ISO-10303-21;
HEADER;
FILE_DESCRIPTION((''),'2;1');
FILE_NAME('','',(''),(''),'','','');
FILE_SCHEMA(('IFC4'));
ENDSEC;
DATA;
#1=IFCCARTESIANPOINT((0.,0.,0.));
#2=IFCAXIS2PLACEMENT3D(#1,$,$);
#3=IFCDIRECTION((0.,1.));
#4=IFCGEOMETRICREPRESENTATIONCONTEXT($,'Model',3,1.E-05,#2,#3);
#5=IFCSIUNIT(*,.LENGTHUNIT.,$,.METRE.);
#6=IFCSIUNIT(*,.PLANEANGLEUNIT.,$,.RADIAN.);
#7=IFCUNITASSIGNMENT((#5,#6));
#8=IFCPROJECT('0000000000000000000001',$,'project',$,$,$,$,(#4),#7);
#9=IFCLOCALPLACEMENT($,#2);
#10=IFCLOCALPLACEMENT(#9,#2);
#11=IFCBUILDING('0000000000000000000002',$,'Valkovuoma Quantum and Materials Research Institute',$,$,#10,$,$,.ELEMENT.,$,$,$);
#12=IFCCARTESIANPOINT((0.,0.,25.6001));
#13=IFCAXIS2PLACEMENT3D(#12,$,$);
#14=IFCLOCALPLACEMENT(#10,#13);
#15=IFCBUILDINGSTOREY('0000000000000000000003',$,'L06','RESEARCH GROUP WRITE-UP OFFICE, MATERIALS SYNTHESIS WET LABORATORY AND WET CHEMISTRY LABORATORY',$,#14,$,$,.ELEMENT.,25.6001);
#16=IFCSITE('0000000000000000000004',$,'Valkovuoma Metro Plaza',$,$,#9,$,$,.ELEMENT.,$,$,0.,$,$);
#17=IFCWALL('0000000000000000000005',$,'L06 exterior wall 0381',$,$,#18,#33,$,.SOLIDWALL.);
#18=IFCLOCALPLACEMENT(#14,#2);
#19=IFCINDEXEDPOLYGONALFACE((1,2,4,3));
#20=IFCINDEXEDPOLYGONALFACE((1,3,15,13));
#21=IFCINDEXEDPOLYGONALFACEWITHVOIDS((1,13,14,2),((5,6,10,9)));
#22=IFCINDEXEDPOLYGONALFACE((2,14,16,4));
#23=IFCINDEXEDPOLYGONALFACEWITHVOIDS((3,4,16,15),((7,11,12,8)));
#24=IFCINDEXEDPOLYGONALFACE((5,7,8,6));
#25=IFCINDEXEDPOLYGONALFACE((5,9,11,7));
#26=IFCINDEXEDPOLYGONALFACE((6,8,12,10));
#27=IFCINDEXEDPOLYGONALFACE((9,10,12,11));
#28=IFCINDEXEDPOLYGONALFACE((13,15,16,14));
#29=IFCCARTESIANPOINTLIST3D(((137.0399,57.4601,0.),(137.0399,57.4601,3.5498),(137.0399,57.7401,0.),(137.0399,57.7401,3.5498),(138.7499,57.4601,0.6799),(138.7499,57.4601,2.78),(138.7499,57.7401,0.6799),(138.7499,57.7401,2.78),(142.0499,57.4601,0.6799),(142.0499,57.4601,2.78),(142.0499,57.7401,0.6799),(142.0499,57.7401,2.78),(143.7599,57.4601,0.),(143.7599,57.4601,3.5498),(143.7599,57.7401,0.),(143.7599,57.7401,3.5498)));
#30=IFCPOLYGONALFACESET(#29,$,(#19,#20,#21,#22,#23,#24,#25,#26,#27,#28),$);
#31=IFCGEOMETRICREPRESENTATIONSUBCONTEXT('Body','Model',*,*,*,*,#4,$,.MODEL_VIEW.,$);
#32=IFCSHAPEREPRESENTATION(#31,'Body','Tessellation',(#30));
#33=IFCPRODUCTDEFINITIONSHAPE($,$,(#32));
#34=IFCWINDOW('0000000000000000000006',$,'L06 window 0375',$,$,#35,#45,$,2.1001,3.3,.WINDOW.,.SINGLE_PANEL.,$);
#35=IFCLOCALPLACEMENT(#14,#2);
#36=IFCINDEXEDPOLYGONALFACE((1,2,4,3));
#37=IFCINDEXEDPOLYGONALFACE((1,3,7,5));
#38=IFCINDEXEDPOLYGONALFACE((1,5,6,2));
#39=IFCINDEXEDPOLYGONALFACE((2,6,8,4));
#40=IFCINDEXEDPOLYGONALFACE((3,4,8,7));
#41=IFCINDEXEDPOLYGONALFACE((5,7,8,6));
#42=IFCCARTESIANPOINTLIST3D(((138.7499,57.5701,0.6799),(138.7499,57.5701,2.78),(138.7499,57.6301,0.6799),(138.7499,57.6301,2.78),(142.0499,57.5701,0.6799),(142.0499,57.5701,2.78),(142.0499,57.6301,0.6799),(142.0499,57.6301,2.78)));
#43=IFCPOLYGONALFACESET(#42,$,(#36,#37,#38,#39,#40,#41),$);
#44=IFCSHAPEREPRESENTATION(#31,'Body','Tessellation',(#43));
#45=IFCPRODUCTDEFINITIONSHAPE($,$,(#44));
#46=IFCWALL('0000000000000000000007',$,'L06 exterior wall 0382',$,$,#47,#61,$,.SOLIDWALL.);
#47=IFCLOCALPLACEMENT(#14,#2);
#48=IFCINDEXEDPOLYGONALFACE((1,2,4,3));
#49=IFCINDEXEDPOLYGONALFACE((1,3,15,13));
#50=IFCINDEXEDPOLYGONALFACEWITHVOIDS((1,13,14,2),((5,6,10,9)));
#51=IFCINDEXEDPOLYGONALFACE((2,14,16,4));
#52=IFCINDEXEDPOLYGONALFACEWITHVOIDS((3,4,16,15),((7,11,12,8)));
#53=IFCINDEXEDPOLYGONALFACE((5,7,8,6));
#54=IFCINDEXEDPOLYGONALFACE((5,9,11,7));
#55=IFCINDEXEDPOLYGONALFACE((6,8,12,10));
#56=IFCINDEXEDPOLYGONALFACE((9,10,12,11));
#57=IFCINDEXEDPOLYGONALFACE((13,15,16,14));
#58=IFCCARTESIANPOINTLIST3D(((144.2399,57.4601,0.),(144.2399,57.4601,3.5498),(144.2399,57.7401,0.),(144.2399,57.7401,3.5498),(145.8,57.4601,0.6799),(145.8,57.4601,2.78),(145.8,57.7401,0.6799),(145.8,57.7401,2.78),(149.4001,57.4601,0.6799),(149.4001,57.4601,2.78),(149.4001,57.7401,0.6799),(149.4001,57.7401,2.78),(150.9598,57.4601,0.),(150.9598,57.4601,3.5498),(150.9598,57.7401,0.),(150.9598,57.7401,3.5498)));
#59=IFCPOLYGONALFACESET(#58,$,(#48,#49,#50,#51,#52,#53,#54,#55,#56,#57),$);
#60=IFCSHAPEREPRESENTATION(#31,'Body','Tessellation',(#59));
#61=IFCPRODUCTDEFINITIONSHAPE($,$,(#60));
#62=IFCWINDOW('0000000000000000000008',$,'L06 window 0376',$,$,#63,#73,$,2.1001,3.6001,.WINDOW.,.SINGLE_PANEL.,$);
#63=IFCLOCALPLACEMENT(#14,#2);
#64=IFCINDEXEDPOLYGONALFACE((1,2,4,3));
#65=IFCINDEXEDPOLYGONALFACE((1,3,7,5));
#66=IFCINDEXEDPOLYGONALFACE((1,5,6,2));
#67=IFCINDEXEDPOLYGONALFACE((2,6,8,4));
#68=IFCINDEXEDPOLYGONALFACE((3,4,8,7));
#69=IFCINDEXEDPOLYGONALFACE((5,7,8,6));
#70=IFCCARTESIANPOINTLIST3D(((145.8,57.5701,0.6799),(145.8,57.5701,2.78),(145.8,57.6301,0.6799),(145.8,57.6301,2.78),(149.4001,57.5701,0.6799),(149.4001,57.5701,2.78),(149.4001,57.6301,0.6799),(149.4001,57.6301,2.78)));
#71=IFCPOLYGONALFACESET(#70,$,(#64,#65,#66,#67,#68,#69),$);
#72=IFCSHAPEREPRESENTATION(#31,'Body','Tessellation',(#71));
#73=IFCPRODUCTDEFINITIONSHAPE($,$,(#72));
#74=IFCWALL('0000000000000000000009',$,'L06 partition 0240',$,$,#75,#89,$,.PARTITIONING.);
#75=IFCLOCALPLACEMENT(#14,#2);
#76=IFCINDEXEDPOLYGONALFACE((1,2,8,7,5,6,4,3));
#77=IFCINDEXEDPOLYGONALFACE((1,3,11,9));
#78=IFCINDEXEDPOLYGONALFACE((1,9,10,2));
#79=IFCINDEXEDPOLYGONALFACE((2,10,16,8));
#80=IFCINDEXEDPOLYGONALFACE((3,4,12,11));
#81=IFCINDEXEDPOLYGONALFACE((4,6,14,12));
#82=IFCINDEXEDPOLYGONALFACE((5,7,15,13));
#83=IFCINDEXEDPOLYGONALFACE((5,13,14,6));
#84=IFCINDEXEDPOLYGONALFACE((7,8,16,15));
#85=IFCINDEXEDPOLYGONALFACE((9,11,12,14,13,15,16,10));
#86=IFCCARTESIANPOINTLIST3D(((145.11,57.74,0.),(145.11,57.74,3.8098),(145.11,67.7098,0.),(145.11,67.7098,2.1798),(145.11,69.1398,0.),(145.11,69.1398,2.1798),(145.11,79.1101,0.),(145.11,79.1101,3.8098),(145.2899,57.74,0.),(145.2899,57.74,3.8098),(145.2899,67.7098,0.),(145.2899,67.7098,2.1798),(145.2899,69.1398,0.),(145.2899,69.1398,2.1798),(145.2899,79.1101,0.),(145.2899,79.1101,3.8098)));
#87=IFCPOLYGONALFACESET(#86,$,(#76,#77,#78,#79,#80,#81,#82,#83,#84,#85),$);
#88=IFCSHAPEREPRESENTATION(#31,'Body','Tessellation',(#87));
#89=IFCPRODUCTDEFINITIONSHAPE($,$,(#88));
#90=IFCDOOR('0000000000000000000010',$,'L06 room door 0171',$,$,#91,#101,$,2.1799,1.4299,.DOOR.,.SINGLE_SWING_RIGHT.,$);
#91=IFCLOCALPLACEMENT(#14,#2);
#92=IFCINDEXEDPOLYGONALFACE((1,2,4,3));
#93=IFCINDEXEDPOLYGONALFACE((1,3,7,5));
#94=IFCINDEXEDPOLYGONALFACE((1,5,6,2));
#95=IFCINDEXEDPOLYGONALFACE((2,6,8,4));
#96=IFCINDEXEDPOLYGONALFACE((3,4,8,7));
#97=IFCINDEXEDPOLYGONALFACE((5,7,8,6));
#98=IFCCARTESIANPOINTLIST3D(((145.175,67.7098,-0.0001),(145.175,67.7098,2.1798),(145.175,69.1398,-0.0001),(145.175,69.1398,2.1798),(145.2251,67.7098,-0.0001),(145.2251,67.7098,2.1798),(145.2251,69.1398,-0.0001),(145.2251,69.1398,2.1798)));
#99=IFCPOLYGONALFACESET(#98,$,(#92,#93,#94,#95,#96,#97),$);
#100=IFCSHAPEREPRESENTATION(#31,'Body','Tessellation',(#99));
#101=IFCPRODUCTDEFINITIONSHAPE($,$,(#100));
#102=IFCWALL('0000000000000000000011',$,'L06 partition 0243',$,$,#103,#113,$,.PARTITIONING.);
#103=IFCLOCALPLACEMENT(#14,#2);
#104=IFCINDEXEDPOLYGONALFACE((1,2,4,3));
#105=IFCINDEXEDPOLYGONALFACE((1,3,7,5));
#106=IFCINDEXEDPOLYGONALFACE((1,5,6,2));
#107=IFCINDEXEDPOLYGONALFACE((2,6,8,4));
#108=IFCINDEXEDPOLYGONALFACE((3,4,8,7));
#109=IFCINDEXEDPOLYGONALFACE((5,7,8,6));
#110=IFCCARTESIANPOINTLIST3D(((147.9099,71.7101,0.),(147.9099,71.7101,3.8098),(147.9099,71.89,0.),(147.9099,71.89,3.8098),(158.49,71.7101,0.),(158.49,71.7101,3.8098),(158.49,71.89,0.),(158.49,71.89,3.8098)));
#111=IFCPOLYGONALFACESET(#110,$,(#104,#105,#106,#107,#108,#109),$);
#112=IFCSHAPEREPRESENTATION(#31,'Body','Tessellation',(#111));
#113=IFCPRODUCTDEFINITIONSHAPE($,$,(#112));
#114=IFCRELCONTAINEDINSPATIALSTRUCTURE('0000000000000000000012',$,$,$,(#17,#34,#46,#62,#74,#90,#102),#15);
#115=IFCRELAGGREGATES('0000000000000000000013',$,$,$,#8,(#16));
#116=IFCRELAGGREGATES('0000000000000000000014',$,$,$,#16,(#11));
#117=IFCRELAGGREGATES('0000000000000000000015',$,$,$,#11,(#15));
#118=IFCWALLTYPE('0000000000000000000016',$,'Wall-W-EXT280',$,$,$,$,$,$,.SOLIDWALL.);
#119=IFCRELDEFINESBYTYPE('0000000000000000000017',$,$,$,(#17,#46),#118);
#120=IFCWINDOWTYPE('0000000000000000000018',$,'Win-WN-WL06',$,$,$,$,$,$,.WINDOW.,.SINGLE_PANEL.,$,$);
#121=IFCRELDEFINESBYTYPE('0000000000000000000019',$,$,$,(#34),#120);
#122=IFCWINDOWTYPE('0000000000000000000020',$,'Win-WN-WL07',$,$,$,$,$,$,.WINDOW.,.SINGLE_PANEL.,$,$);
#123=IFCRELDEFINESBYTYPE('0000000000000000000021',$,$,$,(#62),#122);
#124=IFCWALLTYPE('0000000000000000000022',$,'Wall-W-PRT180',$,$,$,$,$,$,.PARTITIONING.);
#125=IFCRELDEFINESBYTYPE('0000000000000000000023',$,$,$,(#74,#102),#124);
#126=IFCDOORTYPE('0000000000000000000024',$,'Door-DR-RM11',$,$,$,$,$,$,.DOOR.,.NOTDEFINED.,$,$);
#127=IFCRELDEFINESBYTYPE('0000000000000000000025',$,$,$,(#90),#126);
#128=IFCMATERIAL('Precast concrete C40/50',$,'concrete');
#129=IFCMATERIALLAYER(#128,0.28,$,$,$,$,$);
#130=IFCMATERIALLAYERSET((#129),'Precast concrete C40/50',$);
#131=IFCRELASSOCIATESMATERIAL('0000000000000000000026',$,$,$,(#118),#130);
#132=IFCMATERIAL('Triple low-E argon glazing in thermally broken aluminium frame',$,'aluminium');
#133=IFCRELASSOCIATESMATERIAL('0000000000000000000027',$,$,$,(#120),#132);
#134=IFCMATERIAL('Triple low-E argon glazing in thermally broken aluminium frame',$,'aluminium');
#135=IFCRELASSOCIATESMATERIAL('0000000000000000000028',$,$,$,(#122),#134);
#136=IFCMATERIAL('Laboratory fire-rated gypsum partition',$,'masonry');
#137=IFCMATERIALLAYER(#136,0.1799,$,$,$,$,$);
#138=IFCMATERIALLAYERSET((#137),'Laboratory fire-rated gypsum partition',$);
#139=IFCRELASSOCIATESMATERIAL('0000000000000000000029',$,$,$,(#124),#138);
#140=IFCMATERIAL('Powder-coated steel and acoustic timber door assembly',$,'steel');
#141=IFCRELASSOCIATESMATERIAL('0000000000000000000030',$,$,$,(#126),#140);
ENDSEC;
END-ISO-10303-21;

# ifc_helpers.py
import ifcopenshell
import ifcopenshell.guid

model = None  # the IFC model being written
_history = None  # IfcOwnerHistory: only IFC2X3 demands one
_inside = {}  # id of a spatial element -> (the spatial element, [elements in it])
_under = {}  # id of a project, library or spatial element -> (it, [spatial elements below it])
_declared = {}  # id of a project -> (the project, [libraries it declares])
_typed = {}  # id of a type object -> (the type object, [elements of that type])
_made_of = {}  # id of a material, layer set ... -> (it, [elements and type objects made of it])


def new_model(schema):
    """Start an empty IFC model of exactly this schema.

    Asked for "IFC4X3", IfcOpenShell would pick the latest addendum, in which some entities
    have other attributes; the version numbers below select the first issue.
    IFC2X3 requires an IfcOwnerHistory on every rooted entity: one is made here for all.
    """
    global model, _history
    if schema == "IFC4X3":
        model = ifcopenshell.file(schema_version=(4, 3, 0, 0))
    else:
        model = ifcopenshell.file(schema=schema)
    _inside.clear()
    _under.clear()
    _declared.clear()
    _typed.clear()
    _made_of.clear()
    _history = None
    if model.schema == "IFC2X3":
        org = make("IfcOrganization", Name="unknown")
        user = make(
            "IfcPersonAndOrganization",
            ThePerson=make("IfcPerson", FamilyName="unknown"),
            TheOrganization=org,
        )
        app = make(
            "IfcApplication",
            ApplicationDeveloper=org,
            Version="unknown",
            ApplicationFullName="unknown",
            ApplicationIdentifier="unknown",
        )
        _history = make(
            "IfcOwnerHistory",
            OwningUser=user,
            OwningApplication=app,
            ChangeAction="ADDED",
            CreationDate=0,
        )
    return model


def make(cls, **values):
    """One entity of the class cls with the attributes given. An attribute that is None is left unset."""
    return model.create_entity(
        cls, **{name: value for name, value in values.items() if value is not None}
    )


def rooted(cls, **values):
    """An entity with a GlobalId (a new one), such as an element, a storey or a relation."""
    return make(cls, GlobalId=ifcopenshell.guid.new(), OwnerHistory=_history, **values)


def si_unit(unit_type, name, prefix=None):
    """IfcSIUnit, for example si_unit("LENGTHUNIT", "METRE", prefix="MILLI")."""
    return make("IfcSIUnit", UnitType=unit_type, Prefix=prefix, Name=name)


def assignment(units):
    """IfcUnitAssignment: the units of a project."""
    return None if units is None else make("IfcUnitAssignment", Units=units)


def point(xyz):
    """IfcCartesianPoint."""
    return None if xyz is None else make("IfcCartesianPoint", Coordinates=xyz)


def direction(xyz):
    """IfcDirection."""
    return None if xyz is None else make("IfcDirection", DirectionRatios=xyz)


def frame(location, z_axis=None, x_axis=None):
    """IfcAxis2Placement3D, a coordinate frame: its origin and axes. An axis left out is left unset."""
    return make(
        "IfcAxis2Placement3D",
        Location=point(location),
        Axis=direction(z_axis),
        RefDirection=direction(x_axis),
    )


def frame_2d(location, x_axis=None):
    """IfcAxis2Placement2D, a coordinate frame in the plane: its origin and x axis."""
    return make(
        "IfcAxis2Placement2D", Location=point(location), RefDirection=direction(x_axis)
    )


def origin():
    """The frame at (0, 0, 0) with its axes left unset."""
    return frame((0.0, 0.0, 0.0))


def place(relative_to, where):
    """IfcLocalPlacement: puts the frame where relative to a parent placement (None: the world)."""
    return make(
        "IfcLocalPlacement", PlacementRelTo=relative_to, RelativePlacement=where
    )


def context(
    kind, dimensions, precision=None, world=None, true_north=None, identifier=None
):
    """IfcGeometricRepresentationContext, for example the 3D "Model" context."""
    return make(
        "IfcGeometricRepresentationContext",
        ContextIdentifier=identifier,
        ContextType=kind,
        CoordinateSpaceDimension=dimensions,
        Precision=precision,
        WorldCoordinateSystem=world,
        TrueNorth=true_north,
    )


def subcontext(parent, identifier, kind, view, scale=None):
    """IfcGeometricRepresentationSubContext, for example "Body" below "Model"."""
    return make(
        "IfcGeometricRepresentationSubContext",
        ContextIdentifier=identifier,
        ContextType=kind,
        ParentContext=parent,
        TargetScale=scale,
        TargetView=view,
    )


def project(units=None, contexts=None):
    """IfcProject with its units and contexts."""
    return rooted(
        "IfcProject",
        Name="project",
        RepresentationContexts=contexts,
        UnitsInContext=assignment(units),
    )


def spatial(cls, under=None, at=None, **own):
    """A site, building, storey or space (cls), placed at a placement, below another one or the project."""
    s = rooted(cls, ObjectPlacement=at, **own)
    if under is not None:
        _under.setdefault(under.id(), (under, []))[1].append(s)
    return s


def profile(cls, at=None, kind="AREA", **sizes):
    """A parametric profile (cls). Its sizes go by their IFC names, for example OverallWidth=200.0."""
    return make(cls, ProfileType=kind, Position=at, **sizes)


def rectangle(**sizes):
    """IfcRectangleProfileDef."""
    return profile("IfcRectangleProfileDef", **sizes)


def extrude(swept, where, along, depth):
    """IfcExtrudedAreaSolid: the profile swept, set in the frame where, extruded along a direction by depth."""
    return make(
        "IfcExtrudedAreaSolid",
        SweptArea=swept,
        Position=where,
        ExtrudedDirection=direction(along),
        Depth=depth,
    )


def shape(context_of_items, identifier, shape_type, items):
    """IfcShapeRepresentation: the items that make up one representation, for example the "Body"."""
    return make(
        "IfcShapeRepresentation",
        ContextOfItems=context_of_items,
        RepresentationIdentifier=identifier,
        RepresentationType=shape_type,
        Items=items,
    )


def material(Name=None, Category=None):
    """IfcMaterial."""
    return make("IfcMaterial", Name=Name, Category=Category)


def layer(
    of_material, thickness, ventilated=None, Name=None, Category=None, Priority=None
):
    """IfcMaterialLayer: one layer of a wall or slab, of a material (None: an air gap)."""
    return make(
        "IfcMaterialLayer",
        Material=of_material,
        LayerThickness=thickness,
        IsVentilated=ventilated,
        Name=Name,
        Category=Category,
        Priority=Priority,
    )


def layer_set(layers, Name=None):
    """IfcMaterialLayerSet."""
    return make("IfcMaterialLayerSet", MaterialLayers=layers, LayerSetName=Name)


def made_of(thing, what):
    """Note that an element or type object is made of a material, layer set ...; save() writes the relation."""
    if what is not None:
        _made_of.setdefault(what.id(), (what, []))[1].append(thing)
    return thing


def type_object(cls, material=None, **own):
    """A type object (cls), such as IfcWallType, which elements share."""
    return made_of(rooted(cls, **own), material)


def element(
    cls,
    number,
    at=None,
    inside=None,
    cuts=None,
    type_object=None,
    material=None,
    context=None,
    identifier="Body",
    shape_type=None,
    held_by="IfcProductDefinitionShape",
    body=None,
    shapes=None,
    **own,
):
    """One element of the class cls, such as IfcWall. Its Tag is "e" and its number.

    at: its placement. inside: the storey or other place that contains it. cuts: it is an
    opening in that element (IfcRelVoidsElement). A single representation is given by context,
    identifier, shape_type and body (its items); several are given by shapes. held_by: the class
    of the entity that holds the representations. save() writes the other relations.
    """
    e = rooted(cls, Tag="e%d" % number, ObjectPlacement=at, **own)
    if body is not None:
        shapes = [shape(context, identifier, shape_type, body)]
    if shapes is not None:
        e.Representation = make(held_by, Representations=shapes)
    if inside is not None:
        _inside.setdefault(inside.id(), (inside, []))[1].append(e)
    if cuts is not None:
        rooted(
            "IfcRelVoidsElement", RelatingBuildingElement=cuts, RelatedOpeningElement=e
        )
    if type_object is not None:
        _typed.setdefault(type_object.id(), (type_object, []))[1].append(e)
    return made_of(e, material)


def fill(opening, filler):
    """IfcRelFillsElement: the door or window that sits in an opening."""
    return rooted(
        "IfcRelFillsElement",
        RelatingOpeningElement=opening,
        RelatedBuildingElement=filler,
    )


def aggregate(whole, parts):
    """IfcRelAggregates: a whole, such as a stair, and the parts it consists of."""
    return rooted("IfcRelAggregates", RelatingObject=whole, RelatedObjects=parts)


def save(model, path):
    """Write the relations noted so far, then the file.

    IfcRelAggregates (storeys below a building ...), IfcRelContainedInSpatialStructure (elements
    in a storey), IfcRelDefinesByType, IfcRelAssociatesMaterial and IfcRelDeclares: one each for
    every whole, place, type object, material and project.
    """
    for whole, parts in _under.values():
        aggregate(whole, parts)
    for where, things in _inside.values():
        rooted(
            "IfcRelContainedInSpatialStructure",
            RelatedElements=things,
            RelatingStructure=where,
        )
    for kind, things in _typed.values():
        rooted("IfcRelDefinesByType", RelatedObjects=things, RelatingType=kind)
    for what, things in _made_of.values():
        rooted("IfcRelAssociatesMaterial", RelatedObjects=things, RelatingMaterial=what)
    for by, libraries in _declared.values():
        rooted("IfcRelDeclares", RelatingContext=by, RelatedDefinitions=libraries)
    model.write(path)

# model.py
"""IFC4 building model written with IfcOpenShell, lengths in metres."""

from ifc_helpers import new_model, si_unit, direction, frame, frame_2d, origin, place, context, subcontext, project, spatial, rectangle, extrude, material, layer, layer_set, type_object, element, fill, save


model = new_model("IFC4")

# Units and contexts
model_context = context("Model", 3, precision=1e-05, world=origin(), true_north=direction((0.0, 1.0)))
body_context = subcontext(model_context, "Body", "Model", "MODEL_VIEW")
ifc_project = project(units=[si_unit("LENGTHUNIT", "METRE"), si_unit("PLANEANGLEUNIT", "RADIAN")], contexts=[model_context])

# Site, building, storey
site_placement = place(None, origin())
site = spatial("IfcSite", under=ifc_project, at=site_placement, Name="Valkovuoma Metro Plaza", CompositionType="ELEMENT", RefElevation=0.0)
building_placement = place(site_placement, origin())
building = spatial("IfcBuilding", under=site, at=building_placement, Name="Valkovuoma Quantum and Materials Research Institute", CompositionType="ELEMENT")
storey_placement = place(building_placement, frame((0.0, 0.0, 25.6001)))
storey = spatial("IfcBuildingStorey", under=building, at=storey_placement, Name="L06", Description="RESEARCH GROUP WRITE-UP OFFICE, MATERIALS SYNTHESIS WET LABORATORY AND WET CHEMISTRY LABORATORY", CompositionType="ELEMENT", Elevation=25.6001)

# Walls, openings, windows
ifc_material_1 = material(Name="Precast concrete C40/50", Category="concrete")
ifc_layer_1 = layer(ifc_material_1, 0.28)
ifc_layer_set_1 = layer_set([ifc_layer_1], Name="Precast concrete C40/50")
wall_type_1 = type_object("IfcWallType", Name="Wall-W-EXT280", PredefinedType="SOLIDWALL", material=ifc_layer_set_1)
wall_1_placement = place(storey_placement, frame((137.04, 57.6001, 0.0), z_axis=(0.0, 0.0, 1.0), x_axis=(1.0, 0.0, 0.0)))
wall_1 = element("IfcWall", 1, at=wall_1_placement, inside=storey, type_object=wall_type_1, Name="L06 exterior wall 0381", PredefinedType="SOLIDWALL", context=body_context, shape_type="SweptSolid", body=[
    extrude(rectangle(XDim=6.72, YDim=0.28, at=frame_2d((3.3599, 0.0))), origin(), (0.0, 0.0, 1.0), 3.5498),
])
opening_1_placement = place(wall_1_placement, frame((1.71, 0.0, 0.6799)))
opening_1 = element("IfcOpeningElement", 2, at=opening_1_placement, cuts=wall_1, PredefinedType="OPENING", context=body_context, shape_type="SweptSolid", body=[
    extrude(rectangle(XDim=3.3, YDim=2.1001, at=frame_2d((1.6499, 1.05))), frame((0.0, 0.1499, 0.0), z_axis=(0.0, -1.0, 0.0), x_axis=(1.0, 0.0, 0.0)), (0.0, 0.0, 1.0), 0.3),
])
ifc_material_2 = material(Name="Triple low-E argon glazing in thermally broken aluminium frame", Category="aluminium")
window_type_1 = type_object("IfcWindowType", Name="Win-WN-WL06", PartitioningType="SINGLE_PANEL", PredefinedType="WINDOW", material=ifc_material_2)
window_1_placement = place(opening_1_placement, origin())
window_1 = element("IfcWindow", 3, at=window_1_placement, inside=storey, type_object=window_type_1, Name="L06 window 0375", OverallHeight=2.1001, OverallWidth=3.3, PartitioningType="SINGLE_PANEL", PredefinedType="WINDOW", context=body_context, shape_type="SweptSolid", body=[
    extrude(rectangle(XDim=3.3, YDim=2.1001, at=frame_2d((1.6499, 1.05))), frame((0.0, 0.03, 0.0), z_axis=(0.0, -1.0, 0.0), x_axis=(1.0, 0.0, 0.0)), (0.0, 0.0, 1.0), 0.0601),
])
fill(opening_1, window_1)
wall_2_placement = place(storey_placement, frame((144.24, 57.6001, 0.0), z_axis=(0.0, 0.0, 1.0), x_axis=(1.0, 0.0, 0.0)))
wall_2 = element("IfcWall", 4, at=wall_2_placement, inside=storey, type_object=wall_type_1, Name="L06 exterior wall 0382", PredefinedType="SOLIDWALL", context=body_context, shape_type="SweptSolid", body=[
    extrude(rectangle(XDim=6.72, YDim=0.28, at=frame_2d((3.3599, 0.0))), origin(), (0.0, 0.0, 1.0), 3.5498),
])
opening_2_placement = place(wall_2_placement, frame((1.5601, 0.0, 0.6799)))
opening_2 = element("IfcOpeningElement", 5, at=opening_2_placement, cuts=wall_2, PredefinedType="OPENING", context=body_context, shape_type="SweptSolid", body=[
    extrude(rectangle(XDim=3.6001, YDim=2.1001, at=frame_2d((1.8, 1.05))), frame((0.0, 0.1499, 0.0), z_axis=(0.0, -1.0, 0.0), x_axis=(1.0, 0.0, 0.0)), (0.0, 0.0, 1.0), 0.3),
])
ifc_material_3 = material(Name="Triple low-E argon glazing in thermally broken aluminium frame", Category="aluminium")
window_type_2 = type_object("IfcWindowType", Name="Win-WN-WL07", PartitioningType="SINGLE_PANEL", PredefinedType="WINDOW", material=ifc_material_3)
window_2_placement = place(opening_2_placement, origin())
window_2 = element("IfcWindow", 6, at=window_2_placement, inside=storey, type_object=window_type_2, Name="L06 window 0376", OverallHeight=2.1001, OverallWidth=3.6001, PartitioningType="SINGLE_PANEL", PredefinedType="WINDOW", context=body_context, shape_type="SweptSolid", body=[
    extrude(rectangle(XDim=3.6001, YDim=2.1001, at=frame_2d((1.8, 1.05))), frame((0.0, 0.03, 0.0), z_axis=(0.0, -1.0, 0.0), x_axis=(1.0, 0.0, 0.0)), (0.0, 0.0, 1.0), 0.0601),
])
fill(opening_2, window_2)

# Wall, opening, door
ifc_material_4 = material(Name="Laboratory fire-rated gypsum partition", Category="masonry")
ifc_layer_2 = layer(ifc_material_4, 0.1799)
ifc_layer_set_2 = layer_set([ifc_layer_2], Name="Laboratory fire-rated gypsum partition")
wall_type_2 = type_object("IfcWallType", Name="Wall-W-PRT180", PredefinedType="PARTITIONING", material=ifc_layer_set_2)
wall_3_placement = place(storey_placement, frame((145.2, 57.74, 0.0), z_axis=(0.0, 0.0, 1.0), x_axis=(0.0, 1.0, 0.0)))
wall_3 = element("IfcWall", 7, at=wall_3_placement, inside=storey, type_object=wall_type_2, Name="L06 partition 0240", PredefinedType="PARTITIONING", context=body_context, shape_type="SweptSolid", body=[
    extrude(rectangle(XDim=21.3701, YDim=0.1799, at=frame_2d((10.6851, 0.0))), origin(), (0.0, 0.0, 1.0), 3.8098),
])
opening_3_placement = place(wall_3_placement, frame((9.97, 0.0, 0.0)))
opening_3 = element("IfcOpeningElement", 8, at=opening_3_placement, cuts=wall_3, PredefinedType="OPENING", context=body_context, shape_type="SweptSolid", body=[
    extrude(rectangle(XDim=1.4299, YDim=2.1799, at=frame_2d((0.7148, 1.0898))), frame((0.0, 0.1001, 0.0), z_axis=(0.0, -1.0, 0.0), x_axis=(1.0, 0.0, 0.0)), (0.0, 0.0, 1.0), 0.2),
])
ifc_material_5 = material(Name="Powder-coated steel and acoustic timber door assembly", Category="steel")
door_type = type_object("IfcDoorType", Name="Door-DR-RM11", OperationType="NOTDEFINED", PredefinedType="DOOR", material=ifc_material_5)
door_placement = place(opening_3_placement, origin())
door = element("IfcDoor", 9, at=door_placement, inside=storey, type_object=door_type, Name="L06 room door 0171", OperationType="SINGLE_SWING_RIGHT", OverallHeight=2.1799, OverallWidth=1.4299, PredefinedType="DOOR", context=body_context, shape_type="SweptSolid", body=[
    extrude(rectangle(XDim=1.4299, YDim=2.1799, at=frame_2d((0.7148, 1.0898))), frame((0.0, 0.0249, 0.0), z_axis=(0.0, -1.0, 0.0), x_axis=(1.0, 0.0, 0.0)), (0.0, 0.0, 1.0), 0.05),
])
fill(opening_3, door)

# Wall
wall_4_placement = place(storey_placement, frame((147.9099, 71.8, 0.0), z_axis=(0.0, 0.0, 1.0), x_axis=(1.0, 0.0, 0.0)))
element("IfcWall", 10, at=wall_4_placement, inside=storey, type_object=wall_type_2, Name="L06 partition 0243", PredefinedType="PARTITIONING", context=body_context, shape_type="SweptSolid", body=[
    extrude(rectangle(XDim=10.5801, YDim=0.1799, at=frame_2d((5.29, 0.0))), origin(), (0.0, 0.0, 1.0), 3.8098),
])

save(model, "model.ifc")
